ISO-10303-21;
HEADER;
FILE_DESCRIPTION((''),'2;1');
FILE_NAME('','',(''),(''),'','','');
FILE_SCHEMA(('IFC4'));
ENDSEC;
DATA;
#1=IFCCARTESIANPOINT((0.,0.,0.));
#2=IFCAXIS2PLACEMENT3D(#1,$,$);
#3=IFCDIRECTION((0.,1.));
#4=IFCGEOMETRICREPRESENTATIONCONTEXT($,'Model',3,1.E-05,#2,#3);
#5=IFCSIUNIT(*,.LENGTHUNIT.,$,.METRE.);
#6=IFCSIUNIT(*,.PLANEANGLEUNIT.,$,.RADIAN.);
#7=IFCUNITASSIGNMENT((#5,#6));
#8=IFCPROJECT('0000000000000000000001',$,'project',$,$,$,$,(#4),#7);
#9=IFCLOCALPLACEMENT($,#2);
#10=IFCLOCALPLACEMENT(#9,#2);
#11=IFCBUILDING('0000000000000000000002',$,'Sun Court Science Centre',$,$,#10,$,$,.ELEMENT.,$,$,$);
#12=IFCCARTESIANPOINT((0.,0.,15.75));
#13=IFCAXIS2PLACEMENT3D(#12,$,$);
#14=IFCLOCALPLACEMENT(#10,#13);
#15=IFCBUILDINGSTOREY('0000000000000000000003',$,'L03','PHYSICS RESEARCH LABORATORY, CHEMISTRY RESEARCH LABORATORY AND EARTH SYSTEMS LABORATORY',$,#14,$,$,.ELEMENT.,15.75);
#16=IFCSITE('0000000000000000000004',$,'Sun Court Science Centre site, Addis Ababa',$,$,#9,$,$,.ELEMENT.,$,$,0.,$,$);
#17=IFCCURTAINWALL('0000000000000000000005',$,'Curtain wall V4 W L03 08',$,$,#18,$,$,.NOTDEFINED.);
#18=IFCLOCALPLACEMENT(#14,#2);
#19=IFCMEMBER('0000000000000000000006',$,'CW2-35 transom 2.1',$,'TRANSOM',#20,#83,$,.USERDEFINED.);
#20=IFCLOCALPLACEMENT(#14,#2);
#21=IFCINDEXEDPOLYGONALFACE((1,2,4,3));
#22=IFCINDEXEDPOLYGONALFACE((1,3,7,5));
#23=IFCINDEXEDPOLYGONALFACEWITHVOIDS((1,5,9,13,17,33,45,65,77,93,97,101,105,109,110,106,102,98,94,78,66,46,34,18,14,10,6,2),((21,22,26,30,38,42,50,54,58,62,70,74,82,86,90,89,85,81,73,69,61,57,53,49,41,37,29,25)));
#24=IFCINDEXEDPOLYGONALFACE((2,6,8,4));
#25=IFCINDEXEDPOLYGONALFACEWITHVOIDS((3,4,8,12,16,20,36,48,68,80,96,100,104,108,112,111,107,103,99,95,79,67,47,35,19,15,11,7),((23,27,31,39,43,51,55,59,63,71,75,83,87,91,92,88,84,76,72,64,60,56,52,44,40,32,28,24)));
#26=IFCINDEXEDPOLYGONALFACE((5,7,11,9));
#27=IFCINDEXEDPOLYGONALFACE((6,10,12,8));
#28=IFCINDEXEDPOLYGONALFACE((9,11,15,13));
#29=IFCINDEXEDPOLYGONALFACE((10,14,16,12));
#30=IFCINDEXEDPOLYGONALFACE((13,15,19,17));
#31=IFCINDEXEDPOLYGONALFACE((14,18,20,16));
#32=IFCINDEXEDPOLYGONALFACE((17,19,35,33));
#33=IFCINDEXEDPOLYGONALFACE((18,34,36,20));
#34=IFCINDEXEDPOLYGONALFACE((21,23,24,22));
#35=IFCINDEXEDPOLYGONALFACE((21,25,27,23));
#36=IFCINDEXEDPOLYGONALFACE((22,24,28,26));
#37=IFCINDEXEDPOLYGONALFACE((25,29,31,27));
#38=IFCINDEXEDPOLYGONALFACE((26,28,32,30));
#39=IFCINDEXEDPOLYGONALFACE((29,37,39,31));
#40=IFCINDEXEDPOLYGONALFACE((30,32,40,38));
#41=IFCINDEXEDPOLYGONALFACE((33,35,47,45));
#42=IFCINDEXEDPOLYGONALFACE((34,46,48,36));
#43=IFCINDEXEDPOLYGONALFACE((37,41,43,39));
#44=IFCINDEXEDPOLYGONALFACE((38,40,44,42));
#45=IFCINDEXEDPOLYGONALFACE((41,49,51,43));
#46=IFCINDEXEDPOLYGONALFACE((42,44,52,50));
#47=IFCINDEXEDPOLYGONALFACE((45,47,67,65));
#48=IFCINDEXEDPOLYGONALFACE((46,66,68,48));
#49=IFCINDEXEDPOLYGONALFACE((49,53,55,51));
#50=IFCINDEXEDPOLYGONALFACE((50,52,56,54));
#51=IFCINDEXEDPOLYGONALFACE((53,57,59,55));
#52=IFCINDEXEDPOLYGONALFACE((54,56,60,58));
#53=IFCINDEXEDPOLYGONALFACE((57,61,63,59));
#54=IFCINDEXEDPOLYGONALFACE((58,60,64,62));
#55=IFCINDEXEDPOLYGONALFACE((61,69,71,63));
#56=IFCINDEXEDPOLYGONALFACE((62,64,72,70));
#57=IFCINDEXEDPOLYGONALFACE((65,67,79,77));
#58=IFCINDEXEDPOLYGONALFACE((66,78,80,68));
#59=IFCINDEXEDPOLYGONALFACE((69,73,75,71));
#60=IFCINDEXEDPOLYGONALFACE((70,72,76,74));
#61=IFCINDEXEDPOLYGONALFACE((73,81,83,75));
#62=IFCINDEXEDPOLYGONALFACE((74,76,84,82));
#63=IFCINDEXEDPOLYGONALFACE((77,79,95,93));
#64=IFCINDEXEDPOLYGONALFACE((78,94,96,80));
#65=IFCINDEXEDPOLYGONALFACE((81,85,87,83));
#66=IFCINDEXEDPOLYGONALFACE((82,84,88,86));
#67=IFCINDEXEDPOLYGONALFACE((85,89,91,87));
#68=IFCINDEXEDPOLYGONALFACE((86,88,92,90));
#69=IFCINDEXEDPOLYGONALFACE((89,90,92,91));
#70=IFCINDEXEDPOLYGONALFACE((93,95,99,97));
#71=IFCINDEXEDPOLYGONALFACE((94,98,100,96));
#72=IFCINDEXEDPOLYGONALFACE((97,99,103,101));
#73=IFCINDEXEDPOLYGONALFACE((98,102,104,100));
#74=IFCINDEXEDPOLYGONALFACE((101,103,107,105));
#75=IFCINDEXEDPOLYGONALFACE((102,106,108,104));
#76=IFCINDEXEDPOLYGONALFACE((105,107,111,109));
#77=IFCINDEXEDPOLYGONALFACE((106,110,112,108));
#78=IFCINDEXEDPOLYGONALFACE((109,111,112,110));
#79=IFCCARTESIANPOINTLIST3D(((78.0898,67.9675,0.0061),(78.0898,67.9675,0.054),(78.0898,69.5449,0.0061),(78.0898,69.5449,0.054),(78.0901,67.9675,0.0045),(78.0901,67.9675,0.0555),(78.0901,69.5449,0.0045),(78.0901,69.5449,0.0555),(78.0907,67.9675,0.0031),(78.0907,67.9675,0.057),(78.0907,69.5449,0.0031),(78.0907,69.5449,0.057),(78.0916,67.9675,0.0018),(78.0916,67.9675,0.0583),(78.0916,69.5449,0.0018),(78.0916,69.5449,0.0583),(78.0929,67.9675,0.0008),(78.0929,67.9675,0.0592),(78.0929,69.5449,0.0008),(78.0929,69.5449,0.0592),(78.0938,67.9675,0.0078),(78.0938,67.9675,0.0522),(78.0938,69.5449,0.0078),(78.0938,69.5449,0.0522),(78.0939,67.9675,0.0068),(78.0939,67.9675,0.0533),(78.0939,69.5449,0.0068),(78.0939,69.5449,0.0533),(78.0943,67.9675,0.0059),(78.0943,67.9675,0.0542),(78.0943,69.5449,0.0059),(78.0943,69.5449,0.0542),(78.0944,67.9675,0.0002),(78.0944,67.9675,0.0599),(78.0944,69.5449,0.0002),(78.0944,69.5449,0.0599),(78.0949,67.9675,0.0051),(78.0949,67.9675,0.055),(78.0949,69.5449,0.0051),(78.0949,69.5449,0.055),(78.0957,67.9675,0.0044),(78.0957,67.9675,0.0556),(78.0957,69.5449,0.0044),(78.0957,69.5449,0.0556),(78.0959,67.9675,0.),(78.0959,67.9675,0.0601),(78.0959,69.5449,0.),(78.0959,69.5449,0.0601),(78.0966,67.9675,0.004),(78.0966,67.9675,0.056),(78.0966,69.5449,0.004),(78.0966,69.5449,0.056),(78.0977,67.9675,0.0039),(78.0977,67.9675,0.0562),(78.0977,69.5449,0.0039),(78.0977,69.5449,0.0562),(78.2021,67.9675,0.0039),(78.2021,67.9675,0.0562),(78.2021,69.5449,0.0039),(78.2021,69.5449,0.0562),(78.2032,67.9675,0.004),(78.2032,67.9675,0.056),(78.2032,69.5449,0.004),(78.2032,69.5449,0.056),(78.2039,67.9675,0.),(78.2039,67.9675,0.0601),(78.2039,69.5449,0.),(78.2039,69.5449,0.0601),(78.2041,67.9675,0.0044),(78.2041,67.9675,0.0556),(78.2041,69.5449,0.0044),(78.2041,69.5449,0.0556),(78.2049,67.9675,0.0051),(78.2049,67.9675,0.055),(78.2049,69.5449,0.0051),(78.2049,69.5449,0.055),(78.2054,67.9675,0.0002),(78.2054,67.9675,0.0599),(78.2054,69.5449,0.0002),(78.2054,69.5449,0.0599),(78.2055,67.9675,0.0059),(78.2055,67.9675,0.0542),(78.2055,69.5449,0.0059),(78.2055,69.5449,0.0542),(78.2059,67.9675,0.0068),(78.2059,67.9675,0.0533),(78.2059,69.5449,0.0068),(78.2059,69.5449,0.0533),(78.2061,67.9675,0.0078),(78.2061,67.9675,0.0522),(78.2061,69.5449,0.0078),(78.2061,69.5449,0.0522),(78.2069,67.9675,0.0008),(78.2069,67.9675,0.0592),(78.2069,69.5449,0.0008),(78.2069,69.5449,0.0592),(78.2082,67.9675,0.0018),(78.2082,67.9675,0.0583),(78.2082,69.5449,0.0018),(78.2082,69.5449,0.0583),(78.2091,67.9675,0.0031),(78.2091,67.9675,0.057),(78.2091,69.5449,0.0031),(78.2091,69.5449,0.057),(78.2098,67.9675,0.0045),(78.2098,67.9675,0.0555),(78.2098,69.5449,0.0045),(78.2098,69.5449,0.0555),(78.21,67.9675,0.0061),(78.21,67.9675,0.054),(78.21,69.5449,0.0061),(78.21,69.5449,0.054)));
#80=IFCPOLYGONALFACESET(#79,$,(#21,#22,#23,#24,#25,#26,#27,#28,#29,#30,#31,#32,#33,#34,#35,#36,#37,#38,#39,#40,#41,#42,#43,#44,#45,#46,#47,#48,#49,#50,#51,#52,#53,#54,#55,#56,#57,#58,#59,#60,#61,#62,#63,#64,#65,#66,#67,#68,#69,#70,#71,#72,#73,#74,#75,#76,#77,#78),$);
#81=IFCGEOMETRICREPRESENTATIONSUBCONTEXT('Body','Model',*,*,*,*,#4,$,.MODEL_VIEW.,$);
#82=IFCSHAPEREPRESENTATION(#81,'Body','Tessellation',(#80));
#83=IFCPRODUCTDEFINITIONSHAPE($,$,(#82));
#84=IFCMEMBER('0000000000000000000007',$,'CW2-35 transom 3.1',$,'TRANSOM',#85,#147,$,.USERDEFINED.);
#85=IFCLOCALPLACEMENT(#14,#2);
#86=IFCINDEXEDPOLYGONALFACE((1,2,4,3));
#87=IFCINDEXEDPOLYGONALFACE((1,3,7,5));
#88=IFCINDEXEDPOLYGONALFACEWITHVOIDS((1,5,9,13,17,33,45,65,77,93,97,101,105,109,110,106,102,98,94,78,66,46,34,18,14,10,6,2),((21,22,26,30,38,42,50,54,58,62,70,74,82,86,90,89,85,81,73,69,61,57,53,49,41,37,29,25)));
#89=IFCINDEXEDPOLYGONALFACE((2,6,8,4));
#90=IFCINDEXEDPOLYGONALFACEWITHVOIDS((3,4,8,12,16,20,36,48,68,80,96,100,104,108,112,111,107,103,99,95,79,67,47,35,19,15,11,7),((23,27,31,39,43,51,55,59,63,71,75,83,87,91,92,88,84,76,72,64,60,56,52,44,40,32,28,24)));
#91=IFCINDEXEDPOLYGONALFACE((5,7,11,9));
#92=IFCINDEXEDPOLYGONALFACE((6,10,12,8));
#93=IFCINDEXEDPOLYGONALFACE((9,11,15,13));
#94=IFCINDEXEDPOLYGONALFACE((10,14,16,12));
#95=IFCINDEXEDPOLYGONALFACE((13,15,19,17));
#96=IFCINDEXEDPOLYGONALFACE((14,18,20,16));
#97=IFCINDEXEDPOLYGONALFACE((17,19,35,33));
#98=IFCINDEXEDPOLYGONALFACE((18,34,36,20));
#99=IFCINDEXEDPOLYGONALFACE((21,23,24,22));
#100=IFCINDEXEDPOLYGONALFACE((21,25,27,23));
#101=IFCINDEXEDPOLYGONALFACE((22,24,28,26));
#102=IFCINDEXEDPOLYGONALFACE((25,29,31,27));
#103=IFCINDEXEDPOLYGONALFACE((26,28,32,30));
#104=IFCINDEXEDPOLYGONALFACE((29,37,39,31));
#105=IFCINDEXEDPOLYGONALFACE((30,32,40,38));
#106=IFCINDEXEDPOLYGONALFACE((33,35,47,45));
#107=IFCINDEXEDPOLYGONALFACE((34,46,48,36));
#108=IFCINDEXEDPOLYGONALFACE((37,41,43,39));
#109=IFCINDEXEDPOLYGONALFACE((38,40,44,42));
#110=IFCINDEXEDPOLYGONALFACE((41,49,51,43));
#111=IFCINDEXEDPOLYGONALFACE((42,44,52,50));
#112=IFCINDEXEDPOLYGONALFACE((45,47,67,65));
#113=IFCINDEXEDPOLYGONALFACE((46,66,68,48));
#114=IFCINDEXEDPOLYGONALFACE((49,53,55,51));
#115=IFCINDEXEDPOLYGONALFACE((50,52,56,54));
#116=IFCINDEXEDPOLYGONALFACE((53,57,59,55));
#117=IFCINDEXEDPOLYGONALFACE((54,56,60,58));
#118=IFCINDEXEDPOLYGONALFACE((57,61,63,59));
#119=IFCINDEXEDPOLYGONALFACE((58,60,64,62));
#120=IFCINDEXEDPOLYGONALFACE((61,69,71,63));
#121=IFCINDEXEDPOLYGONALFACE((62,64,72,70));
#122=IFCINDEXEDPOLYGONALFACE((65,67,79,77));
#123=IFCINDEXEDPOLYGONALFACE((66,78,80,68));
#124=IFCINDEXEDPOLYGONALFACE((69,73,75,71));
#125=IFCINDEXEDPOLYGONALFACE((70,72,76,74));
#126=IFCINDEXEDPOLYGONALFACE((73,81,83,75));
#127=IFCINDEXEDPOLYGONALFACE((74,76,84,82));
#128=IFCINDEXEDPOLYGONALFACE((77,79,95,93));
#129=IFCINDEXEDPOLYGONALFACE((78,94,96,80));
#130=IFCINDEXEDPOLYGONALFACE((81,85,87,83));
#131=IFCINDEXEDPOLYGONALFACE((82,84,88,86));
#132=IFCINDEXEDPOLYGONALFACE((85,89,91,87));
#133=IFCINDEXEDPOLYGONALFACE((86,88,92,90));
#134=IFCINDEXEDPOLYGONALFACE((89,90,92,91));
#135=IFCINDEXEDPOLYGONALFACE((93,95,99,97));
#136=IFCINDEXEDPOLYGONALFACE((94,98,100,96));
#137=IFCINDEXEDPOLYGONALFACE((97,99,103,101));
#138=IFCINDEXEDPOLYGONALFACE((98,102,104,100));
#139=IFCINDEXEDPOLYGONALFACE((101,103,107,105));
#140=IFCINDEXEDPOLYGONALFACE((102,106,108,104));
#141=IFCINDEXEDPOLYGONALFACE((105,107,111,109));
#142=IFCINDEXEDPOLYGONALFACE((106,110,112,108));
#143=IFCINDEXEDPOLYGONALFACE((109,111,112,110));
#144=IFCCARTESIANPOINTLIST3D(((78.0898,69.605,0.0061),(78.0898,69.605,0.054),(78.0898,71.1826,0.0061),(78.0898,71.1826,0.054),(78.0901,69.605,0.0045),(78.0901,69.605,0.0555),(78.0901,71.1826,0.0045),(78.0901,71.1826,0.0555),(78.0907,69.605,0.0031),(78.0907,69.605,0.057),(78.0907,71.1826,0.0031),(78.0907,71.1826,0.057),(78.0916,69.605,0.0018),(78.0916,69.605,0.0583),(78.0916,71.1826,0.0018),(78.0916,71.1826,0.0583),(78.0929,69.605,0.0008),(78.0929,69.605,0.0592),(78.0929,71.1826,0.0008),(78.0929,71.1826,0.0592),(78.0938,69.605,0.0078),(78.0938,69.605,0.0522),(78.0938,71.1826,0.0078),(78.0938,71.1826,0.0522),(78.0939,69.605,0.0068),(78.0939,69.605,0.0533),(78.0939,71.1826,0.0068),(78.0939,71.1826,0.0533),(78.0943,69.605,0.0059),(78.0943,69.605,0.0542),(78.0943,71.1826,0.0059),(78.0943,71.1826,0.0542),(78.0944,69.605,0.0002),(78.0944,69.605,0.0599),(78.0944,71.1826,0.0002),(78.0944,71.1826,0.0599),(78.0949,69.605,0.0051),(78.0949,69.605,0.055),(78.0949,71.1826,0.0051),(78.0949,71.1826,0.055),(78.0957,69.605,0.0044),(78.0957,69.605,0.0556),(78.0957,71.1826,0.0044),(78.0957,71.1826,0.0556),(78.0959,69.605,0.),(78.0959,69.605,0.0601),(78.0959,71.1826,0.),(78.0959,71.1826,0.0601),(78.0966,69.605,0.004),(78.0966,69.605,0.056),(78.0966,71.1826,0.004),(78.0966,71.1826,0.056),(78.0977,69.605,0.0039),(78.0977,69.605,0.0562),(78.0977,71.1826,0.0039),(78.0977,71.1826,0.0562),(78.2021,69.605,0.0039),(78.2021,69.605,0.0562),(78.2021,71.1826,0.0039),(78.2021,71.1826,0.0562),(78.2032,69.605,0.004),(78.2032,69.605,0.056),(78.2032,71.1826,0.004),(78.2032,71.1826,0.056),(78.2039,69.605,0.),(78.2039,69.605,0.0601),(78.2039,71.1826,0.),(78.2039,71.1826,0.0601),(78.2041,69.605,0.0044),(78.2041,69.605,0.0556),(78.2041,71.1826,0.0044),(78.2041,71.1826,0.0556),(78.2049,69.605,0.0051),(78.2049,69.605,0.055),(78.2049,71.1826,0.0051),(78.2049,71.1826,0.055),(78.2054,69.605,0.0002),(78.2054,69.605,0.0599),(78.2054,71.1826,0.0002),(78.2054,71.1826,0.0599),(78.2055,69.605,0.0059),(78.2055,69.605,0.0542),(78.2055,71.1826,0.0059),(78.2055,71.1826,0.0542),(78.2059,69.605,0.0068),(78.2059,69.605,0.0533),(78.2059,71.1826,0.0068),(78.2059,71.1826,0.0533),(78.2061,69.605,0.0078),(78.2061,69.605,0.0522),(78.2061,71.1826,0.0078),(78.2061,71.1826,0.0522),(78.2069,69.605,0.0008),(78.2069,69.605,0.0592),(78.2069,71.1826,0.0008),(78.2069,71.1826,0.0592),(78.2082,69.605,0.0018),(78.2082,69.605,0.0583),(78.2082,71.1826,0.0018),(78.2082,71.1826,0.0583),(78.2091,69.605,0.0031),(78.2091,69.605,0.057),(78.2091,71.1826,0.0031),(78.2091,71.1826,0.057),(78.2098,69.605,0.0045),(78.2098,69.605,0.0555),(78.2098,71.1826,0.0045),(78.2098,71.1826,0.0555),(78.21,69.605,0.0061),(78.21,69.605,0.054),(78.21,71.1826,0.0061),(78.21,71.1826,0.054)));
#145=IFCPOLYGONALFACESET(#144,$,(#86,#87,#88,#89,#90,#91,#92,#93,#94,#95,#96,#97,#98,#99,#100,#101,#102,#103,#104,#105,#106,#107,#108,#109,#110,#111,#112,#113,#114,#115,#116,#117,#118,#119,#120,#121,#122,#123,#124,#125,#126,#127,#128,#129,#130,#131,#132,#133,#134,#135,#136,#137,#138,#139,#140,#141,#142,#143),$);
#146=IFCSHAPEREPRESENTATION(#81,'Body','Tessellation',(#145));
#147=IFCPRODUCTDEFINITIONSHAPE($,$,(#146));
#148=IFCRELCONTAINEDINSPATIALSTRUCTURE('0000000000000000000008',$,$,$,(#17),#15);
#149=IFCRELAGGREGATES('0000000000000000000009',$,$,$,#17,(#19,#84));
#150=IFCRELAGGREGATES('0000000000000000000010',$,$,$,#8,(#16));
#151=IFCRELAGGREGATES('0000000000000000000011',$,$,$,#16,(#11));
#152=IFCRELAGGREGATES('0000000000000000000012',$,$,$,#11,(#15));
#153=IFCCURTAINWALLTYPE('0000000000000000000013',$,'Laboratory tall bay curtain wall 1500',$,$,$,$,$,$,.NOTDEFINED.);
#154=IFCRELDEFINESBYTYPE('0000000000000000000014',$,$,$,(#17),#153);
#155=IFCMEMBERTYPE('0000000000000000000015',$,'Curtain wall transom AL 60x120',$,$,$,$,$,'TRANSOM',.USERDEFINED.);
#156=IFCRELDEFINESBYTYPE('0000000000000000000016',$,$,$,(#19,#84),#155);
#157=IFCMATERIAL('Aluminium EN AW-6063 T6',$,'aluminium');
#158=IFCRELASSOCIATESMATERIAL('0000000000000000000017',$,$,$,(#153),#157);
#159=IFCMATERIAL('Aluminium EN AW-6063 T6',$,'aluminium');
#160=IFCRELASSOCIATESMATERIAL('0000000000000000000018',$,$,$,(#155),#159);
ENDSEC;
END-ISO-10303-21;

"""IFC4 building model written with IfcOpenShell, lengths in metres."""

from ifc_helpers import new_model, si_unit, direction, frame, origin, origin_2d, place, context, subcontext, project, spatial, hollow_rectangle, extrude, material, material_profile, profile_set, type_object, element, aggregate, save


model = new_model("IFC4")

# Units and contexts
model_context = context("Model", 3, precision=1e-05, world=origin(), true_north=direction((0.0, 1.0)))
body_context = subcontext(model_context, "Body", "Model", "MODEL_VIEW")
ifc_project = project(units=[si_unit("LENGTHUNIT", "METRE"), si_unit("PLANEANGLEUNIT", "RADIAN")], contexts=[model_context])

# Site, building, storey
site_placement = place(None, origin())
site = spatial("IfcSite", under=ifc_project, at=site_placement, Name="Sun Court Science Centre site, Addis Ababa", CompositionType="ELEMENT", RefElevation=0.0)
building_placement = place(site_placement, origin())
building = spatial("IfcBuilding", under=site, at=building_placement, Name="Sun Court Science Centre", CompositionType="ELEMENT")
storey_placement = place(building_placement, frame((0.0, 0.0, 15.75)))
storey = spatial("IfcBuildingStorey", under=building, at=storey_placement, Name="L03", Description="PHYSICS RESEARCH LABORATORY, CHEMISTRY RESEARCH LABORATORY AND EARTH SYSTEMS LABORATORY", CompositionType="ELEMENT", Elevation=15.75)

# Curtain wall
ifc_material_1 = material(Name="Aluminium EN AW-6063 T6", Category="aluminium")
curtain_wall_type = type_object("IfcCurtainWallType", Name="Laboratory tall bay curtain wall 1500", PredefinedType="NOTDEFINED", material=ifc_material_1)
curtain_wall_1_placement = place(storey_placement, origin())
curtain_wall_1 = element("IfcCurtainWall", 1, at=curtain_wall_1_placement, inside=storey, type_object=curtain_wall_type, Name="Curtain wall V4 W L03 08", PredefinedType="NOTDEFINED")

# Members
ifc_material_2 = material(Name="Aluminium EN AW-6063 T6", Category="aluminium")
ifc_material_profile_1 = material_profile(ifc_material_2, hollow_rectangle(XDim=0.0601, YDim=0.1201, WallThickness=0.0039, InnerFilletRadius=0.0039, OuterFilletRadius=0.0061, at=origin_2d()), Name="AL 60x120x4")
ifc_profile_set_1 = profile_set([ifc_material_profile_1], Name="Aluminium EN AW-6063 T6")
member_type_1 = type_object("IfcMemberType", Name="Curtain wall transom AL 60x120", ElementType="TRANSOM", PredefinedType="USERDEFINED", material=ifc_profile_set_1)
member_1_placement = place(storey_placement, frame((78.1499, 67.9675, 0.03), z_axis=(0.0, 1.0, 0.0), x_axis=(0.0, 0.0, 1.0)))
member_1 = element("IfcMember", 2, at=member_1_placement, type_object=member_type_1, Name="CW2-35 transom 2.1", ObjectType="TRANSOM", PredefinedType="USERDEFINED", context=body_context, shape_type="SweptSolid", body=[
    extrude(hollow_rectangle(XDim=0.0601, YDim=0.1201, WallThickness=0.0039, InnerFilletRadius=0.0039, OuterFilletRadius=0.0061, at=origin_2d()), origin(), (0.0, 0.0, 1.0), 1.5774),
])
member_2_placement = place(storey_placement, frame((78.1499, 69.605, 0.03), z_axis=(0.0, 1.0, 0.0), x_axis=(0.0, 0.0, 1.0)))
member_2 = element("IfcMember", 3, at=member_2_placement, type_object=member_type_1, Name="CW2-35 transom 3.1", ObjectType="TRANSOM", PredefinedType="USERDEFINED", context=body_context, shape_type="SweptSolid", body=[
    extrude(hollow_rectangle(XDim=0.0601, YDim=0.1201, WallThickness=0.0039, InnerFilletRadius=0.0039, OuterFilletRadius=0.0061, at=origin_2d()), origin(), (0.0, 0.0, 1.0), 1.5776),
])

aggregate(curtain_wall_1, [member_1, member_2])

save(model, "model.ifc")
